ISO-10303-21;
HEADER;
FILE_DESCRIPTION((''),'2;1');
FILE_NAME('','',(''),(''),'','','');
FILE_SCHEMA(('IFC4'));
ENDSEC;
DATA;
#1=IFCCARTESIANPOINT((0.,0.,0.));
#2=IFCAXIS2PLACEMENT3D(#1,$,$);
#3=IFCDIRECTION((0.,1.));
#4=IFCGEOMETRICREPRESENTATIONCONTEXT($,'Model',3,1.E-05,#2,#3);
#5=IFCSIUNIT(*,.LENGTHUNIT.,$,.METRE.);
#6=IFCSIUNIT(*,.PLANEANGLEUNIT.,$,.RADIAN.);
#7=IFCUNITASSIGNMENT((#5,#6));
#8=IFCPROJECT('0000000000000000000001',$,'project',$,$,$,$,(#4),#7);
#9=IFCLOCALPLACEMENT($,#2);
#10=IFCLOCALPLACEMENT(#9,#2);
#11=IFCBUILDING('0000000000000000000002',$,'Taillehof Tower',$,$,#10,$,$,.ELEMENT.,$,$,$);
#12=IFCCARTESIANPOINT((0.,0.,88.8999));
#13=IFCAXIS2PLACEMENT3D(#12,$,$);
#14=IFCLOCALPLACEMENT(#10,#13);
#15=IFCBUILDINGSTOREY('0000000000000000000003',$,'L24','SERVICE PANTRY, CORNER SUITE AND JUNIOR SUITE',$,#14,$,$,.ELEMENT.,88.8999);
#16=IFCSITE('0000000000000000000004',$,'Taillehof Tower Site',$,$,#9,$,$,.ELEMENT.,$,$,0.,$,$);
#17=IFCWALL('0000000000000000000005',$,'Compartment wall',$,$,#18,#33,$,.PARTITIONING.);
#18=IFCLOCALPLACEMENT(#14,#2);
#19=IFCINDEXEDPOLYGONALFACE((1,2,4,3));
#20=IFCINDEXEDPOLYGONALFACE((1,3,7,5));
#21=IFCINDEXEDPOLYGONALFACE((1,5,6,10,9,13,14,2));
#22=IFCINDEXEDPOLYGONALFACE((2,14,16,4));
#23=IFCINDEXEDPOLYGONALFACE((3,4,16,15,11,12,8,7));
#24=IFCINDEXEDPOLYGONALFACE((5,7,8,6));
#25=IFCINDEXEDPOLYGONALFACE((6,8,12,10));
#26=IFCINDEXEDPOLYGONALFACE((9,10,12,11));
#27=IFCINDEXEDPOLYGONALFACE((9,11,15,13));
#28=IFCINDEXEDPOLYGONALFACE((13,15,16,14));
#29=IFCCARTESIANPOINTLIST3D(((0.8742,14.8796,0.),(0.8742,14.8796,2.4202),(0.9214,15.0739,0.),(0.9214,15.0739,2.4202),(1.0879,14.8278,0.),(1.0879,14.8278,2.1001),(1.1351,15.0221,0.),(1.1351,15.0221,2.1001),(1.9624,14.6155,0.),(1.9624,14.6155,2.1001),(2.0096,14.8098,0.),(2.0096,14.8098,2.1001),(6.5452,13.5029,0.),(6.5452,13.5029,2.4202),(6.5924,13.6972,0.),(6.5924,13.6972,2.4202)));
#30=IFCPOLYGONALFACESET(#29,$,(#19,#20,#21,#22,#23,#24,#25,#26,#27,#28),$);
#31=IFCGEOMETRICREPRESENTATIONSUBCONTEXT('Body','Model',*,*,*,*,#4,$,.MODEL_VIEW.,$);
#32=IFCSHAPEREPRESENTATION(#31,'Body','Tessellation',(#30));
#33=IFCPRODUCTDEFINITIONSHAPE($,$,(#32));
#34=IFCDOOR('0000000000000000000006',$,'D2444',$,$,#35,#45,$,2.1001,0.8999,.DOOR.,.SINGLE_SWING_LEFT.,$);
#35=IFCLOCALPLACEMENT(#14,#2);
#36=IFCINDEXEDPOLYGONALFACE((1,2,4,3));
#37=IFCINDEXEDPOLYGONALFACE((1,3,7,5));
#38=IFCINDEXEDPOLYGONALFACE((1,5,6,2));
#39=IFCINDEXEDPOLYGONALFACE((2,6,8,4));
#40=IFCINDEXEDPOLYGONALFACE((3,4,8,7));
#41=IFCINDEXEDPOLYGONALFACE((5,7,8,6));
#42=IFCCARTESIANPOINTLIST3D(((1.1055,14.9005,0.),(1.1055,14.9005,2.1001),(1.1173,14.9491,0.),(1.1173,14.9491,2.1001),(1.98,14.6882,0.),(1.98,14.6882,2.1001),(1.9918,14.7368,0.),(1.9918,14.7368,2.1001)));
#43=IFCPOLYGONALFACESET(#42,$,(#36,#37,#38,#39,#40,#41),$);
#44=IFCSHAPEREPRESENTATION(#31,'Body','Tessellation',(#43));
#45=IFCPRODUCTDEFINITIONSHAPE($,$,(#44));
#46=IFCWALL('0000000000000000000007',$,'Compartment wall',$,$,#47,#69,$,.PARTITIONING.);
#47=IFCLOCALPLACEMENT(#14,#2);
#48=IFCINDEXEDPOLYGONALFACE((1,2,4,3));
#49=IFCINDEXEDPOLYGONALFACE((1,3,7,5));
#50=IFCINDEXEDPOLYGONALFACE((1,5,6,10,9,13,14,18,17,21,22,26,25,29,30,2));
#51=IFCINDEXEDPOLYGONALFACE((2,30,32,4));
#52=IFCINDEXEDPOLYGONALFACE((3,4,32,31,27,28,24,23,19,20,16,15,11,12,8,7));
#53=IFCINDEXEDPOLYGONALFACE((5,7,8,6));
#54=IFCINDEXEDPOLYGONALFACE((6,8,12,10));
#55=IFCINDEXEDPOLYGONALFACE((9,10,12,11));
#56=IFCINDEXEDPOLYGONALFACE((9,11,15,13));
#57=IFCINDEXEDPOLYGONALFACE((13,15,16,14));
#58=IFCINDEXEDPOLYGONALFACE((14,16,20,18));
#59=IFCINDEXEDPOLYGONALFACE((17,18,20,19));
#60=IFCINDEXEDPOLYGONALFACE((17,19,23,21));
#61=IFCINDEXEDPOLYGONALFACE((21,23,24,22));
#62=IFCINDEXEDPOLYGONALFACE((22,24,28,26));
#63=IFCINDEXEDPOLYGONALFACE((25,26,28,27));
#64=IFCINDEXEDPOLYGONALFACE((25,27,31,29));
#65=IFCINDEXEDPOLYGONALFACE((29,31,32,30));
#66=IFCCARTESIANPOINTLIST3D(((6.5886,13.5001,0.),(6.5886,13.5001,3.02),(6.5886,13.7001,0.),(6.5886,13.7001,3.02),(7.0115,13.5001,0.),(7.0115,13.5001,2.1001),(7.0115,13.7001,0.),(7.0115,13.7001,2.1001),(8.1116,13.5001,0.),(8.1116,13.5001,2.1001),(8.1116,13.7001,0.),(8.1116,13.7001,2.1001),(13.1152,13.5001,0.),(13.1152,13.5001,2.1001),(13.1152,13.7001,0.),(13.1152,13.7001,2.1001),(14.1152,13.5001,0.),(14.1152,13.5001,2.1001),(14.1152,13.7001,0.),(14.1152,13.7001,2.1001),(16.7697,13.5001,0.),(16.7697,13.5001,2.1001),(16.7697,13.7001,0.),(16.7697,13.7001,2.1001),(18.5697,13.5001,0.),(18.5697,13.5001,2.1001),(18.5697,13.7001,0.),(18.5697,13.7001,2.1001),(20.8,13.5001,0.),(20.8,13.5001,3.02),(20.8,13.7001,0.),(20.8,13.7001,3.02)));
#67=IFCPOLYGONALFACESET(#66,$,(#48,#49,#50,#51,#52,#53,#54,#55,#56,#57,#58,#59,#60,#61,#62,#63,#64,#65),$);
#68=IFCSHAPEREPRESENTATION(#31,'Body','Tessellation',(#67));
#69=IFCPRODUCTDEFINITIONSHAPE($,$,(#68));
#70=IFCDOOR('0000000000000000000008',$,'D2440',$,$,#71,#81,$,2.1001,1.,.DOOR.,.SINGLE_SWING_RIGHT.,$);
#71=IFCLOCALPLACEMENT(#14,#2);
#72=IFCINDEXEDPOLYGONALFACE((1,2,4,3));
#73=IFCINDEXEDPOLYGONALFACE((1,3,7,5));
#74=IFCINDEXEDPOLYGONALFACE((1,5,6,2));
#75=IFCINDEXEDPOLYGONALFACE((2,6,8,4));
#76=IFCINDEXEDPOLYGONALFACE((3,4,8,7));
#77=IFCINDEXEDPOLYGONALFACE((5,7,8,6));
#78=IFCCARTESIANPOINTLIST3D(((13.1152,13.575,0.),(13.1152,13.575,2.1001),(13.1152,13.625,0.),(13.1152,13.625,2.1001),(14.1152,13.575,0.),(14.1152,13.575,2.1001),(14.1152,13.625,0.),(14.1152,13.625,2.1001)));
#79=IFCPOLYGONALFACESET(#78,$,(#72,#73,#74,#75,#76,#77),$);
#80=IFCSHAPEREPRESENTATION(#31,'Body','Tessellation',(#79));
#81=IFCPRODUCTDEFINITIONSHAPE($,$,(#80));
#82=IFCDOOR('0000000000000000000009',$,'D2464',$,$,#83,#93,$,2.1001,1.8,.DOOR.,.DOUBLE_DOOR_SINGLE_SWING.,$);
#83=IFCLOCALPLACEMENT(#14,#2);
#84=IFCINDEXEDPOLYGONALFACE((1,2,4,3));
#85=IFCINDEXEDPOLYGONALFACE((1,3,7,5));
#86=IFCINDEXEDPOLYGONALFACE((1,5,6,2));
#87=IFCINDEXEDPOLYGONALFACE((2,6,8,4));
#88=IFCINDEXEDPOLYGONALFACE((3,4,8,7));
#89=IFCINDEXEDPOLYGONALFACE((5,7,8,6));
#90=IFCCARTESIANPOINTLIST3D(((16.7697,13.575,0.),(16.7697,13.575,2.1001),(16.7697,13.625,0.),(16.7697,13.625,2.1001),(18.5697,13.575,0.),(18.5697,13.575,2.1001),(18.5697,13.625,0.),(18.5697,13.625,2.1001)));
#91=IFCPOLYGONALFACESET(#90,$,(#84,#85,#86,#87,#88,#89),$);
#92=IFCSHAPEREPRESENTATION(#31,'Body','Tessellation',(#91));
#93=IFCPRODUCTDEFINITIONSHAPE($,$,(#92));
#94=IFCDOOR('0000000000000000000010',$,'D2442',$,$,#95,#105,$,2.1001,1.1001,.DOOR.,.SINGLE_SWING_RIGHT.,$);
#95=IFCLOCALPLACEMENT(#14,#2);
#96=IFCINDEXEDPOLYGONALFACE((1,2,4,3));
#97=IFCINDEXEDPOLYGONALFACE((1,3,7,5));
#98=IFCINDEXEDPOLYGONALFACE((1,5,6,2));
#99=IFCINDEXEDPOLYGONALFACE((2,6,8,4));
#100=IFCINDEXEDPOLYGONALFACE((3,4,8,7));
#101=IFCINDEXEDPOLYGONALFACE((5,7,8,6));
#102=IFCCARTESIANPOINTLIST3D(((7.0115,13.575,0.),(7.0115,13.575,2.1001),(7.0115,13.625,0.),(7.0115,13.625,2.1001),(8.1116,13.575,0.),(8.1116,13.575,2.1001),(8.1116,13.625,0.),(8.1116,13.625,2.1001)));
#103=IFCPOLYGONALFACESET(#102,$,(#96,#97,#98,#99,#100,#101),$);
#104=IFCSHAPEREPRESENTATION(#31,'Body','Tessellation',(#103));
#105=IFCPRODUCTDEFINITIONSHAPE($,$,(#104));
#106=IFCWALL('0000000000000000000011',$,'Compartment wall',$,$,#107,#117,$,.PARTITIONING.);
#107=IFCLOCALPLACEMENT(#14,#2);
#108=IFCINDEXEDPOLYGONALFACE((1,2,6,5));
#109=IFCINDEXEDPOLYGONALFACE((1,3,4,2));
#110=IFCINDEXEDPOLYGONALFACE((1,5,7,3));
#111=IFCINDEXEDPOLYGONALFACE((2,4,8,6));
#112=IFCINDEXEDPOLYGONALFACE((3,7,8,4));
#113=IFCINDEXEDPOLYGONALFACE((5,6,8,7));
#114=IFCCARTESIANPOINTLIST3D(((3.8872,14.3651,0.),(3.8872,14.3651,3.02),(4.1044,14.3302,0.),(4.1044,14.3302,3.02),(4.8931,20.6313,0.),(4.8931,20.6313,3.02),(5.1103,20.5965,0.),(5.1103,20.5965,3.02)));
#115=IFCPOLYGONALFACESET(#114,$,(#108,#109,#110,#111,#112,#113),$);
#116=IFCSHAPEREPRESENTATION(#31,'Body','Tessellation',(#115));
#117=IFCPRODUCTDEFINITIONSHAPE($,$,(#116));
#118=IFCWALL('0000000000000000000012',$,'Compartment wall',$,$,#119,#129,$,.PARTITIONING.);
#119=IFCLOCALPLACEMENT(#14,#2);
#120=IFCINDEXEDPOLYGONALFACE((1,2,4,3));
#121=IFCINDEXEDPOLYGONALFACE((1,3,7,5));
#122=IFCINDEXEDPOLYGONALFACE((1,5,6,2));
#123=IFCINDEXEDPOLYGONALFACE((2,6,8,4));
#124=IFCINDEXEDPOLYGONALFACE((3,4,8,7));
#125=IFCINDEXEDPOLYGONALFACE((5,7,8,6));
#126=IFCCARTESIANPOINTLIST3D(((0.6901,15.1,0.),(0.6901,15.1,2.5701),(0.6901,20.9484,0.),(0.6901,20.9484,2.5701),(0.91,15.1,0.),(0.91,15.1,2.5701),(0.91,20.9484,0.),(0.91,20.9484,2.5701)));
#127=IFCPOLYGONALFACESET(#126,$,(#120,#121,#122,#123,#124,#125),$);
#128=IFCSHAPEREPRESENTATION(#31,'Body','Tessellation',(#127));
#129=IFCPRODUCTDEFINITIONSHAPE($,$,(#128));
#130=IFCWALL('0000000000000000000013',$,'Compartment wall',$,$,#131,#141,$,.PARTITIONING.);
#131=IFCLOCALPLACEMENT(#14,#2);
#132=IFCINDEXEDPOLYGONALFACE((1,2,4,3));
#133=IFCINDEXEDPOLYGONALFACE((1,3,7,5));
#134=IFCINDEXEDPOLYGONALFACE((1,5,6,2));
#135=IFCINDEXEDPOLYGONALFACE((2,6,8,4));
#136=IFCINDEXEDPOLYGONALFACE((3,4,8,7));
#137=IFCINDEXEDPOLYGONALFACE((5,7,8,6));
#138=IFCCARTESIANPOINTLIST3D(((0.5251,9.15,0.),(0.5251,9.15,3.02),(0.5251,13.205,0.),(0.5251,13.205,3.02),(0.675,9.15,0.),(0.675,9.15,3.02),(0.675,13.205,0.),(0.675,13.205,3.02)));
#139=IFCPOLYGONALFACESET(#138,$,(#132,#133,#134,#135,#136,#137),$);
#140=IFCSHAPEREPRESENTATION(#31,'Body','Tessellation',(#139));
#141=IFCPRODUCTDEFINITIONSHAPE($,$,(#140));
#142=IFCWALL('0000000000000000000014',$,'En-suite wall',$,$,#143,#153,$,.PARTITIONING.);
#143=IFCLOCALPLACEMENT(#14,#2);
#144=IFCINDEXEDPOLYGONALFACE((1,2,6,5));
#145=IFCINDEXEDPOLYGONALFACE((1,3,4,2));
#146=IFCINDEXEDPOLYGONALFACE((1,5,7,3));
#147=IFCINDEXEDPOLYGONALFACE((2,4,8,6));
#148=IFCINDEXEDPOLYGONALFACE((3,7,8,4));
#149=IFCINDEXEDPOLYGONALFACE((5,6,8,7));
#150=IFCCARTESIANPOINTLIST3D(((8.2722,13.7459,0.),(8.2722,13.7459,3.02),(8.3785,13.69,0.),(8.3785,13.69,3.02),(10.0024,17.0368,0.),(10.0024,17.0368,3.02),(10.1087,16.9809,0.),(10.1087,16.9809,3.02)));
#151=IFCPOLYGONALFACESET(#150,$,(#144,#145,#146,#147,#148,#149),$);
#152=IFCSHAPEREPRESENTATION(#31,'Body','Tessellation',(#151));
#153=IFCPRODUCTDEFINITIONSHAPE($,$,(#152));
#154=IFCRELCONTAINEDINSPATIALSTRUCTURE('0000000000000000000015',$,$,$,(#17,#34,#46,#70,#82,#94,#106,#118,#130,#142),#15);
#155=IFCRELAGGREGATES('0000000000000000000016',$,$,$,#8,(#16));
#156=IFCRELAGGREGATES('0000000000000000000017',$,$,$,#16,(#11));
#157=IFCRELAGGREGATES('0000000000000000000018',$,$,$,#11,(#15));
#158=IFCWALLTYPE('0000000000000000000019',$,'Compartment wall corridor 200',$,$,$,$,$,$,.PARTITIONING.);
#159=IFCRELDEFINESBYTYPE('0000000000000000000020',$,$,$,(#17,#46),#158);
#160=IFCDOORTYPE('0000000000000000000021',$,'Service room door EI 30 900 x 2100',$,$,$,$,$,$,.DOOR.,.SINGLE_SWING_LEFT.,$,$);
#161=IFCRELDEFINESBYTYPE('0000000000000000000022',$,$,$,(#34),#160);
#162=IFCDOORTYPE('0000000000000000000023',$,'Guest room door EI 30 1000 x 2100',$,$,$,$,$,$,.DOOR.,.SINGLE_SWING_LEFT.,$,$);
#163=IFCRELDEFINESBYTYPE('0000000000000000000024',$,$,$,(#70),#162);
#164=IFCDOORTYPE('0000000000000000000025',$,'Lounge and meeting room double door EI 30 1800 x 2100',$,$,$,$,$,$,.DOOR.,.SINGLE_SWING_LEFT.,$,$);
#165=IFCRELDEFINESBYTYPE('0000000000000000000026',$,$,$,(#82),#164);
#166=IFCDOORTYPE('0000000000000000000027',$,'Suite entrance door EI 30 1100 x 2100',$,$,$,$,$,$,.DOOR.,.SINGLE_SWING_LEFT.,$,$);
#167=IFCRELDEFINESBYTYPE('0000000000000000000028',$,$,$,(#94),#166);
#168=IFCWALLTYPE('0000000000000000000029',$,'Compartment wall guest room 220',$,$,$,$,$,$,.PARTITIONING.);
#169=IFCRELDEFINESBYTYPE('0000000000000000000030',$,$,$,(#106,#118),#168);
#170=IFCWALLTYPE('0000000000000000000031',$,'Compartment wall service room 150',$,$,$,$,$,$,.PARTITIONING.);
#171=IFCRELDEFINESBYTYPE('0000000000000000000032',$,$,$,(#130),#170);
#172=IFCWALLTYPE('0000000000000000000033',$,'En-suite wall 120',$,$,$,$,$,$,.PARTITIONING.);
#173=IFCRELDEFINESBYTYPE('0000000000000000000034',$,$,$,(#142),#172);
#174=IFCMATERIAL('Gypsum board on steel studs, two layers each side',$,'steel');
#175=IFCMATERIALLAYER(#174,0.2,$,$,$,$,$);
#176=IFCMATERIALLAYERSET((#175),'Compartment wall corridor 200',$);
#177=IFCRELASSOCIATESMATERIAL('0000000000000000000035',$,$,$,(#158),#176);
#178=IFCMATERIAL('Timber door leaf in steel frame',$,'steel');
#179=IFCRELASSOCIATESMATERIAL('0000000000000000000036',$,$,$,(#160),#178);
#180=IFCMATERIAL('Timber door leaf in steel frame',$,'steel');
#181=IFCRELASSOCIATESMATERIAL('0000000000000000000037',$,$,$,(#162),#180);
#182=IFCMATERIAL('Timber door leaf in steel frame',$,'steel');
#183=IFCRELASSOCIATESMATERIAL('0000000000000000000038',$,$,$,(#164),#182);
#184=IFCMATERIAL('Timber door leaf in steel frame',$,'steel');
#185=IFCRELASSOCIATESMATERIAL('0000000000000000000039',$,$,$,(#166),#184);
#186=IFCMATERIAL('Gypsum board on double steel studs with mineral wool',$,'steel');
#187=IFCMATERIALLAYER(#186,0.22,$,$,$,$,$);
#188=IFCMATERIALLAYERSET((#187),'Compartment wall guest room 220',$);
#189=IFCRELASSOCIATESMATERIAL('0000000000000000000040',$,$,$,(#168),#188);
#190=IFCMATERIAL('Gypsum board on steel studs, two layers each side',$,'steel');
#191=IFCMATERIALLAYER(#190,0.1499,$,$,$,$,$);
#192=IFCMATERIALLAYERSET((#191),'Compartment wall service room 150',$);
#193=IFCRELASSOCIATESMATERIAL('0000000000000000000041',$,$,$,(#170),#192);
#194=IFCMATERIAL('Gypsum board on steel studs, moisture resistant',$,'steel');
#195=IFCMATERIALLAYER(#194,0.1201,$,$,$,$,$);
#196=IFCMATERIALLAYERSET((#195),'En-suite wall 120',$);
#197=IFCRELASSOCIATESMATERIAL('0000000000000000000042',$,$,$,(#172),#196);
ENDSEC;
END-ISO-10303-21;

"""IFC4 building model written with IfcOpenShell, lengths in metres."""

from ifc_helpers import new_model, si_unit, direction, frame, frame_2d, origin, place, context, subcontext, project, spatial, rectangle, extrude, material, layer, layer_set, type_object, element, fill, save


model = new_model("IFC4")

# Units and contexts
model_context = context("Model", 3, precision=1e-05, world=origin(), true_north=direction((0.0, 1.0)))
body_context = subcontext(model_context, "Body", "Model", "MODEL_VIEW")
ifc_project = project(units=[si_unit("LENGTHUNIT", "METRE"), si_unit("PLANEANGLEUNIT", "RADIAN")], contexts=[model_context])

# Site, building, storey
site_placement = place(None, origin())
site = spatial("IfcSite", under=ifc_project, at=site_placement, Name="Taillehof Tower Site", CompositionType="ELEMENT", RefElevation=0.0)
building_placement = place(site_placement, origin())
building = spatial("IfcBuilding", under=site, at=building_placement, Name="Taillehof Tower", CompositionType="ELEMENT")
storey_placement = place(building_placement, frame((0.0, 0.0, 88.8999)))
storey = spatial("IfcBuildingStorey", under=building, at=storey_placement, Name="L24", Description="SERVICE PANTRY, CORNER SUITE AND JUNIOR SUITE", CompositionType="ELEMENT", Elevation=88.8999)

# Wall, opening, door
ifc_material_1 = material(Name="Gypsum board on steel studs, two layers each side", Category="steel")
ifc_layer_1 = layer(ifc_material_1, 0.2)
ifc_layer_set_1 = layer_set([ifc_layer_1], Name="Compartment wall corridor 200")
wall_type_1 = type_object("IfcWallType", Name="Compartment wall corridor 200", PredefinedType="PARTITIONING", material=ifc_layer_set_1)
wall_1_placement = place(storey_placement, frame((0.8977, 14.9768, 0.0), z_axis=(0.0, 0.0, 1.0), x_axis=(0.971774, -0.235915, 0.0)))
wall_1 = element("IfcWall", 1, at=wall_1_placement, inside=storey, type_object=wall_type_1, Name="Compartment wall", PredefinedType="PARTITIONING", context=body_context, shape_type="SweptSolid", body=[
    extrude(rectangle(XDim=5.8357, YDim=0.2, at=frame_2d((2.918, 0.0))), origin(), (0.0, 0.0, 1.0), 2.4202),
])
opening_1_placement = place(wall_1_placement, frame((0.22, 0.0, 0.0)))
opening_1 = element("IfcOpeningElement", 2, at=opening_1_placement, cuts=wall_1, PredefinedType="OPENING", context=body_context, shape_type="SweptSolid", body=[
    extrude(rectangle(XDim=0.8999, YDim=2.1001, at=frame_2d((0.45, 1.05))), frame((0.0, 0.1099, 0.0), z_axis=(0.0, -1.0, 0.0), x_axis=(1.0, 0.0, 0.0)), (0.0, 0.0, 1.0), 0.22),
])
ifc_material_2 = material(Name="Timber door leaf in steel frame", Category="steel")
door_type_1 = type_object("IfcDoorType", Name="Service room door EI 30 900 x 2100", OperationType="SINGLE_SWING_LEFT", PredefinedType="DOOR", material=ifc_material_2)
door_1_placement = place(opening_1_placement, origin())
door_1 = element("IfcDoor", 3, at=door_1_placement, inside=storey, type_object=door_type_1, Name="D2444", OperationType="SINGLE_SWING_LEFT", OverallHeight=2.1001, OverallWidth=0.8999, PredefinedType="DOOR", context=body_context, shape_type="SweptSolid", body=[
    extrude(rectangle(XDim=0.8999, YDim=2.1001, at=frame_2d((0.45, 1.05))), frame((0.0, 0.0249, 0.0), z_axis=(0.0, -1.0, 0.0), x_axis=(1.0, 0.0, 0.0)), (0.0, 0.0, 1.0), 0.05),
])
fill(opening_1, door_1)

# Wall, openings, doors
wall_2_placement = place(storey_placement, frame((6.5886, 13.6001, 0.0), z_axis=(0.0, 0.0, 1.0), x_axis=(1.0, 0.0, 0.0)))
wall_2 = element("IfcWall", 4, at=wall_2_placement, inside=storey, type_object=wall_type_1, Name="Compartment wall", PredefinedType="PARTITIONING", context=body_context, shape_type="SweptSolid", body=[
    extrude(rectangle(XDim=14.2114, YDim=0.2, at=frame_2d((7.1057, 0.0))), origin(), (0.0, 0.0, 1.0), 3.02),
])
opening_2_placement = place(wall_2_placement, frame((6.5266, 0.0, 0.0)))
opening_2 = element("IfcOpeningElement", 5, at=opening_2_placement, cuts=wall_2, PredefinedType="OPENING", context=body_context, shape_type="SweptSolid", body=[
    extrude(rectangle(XDim=1.0, YDim=2.1001, at=frame_2d((0.5, 1.05))), frame((0.0, 0.1099, 0.0), z_axis=(0.0, -1.0, 0.0), x_axis=(1.0, 0.0, 0.0)), (0.0, 0.0, 1.0), 0.22),
])
opening_3_placement = place(wall_2_placement, frame((0.4229, 0.0, 0.0)))
opening_3 = element("IfcOpeningElement", 6, at=opening_3_placement, cuts=wall_2, PredefinedType="OPENING", context=body_context, shape_type="SweptSolid", body=[
    extrude(rectangle(XDim=1.1001, YDim=2.1001, at=frame_2d((0.55, 1.05))), frame((0.0, 0.1099, 0.0), z_axis=(0.0, -1.0, 0.0), x_axis=(1.0, 0.0, 0.0)), (0.0, 0.0, 1.0), 0.22),
])
opening_4_placement = place(wall_2_placement, frame((10.1812, 0.0, 0.0)))
opening_4 = element("IfcOpeningElement", 7, at=opening_4_placement, cuts=wall_2, PredefinedType="OPENING", context=body_context, shape_type="SweptSolid", body=[
    extrude(rectangle(XDim=1.8, YDim=2.1001, at=frame_2d((0.8999, 1.05))), frame((0.0, 0.1099, 0.0), z_axis=(0.0, -1.0, 0.0), x_axis=(1.0, 0.0, 0.0)), (0.0, 0.0, 1.0), 0.22),
])
ifc_material_3 = material(Name="Timber door leaf in steel frame", Category="steel")
door_type_2 = type_object("IfcDoorType", Name="Guest room door EI 30 1000 x 2100", OperationType="SINGLE_SWING_LEFT", PredefinedType="DOOR", material=ifc_material_3)
door_2_placement = place(opening_2_placement, origin())
door_2 = element("IfcDoor", 8, at=door_2_placement, inside=storey, type_object=door_type_2, Name="D2440", OperationType="SINGLE_SWING_RIGHT", OverallHeight=2.1001, OverallWidth=1.0, PredefinedType="DOOR", context=body_context, shape_type="SweptSolid", body=[
    extrude(rectangle(XDim=1.0, YDim=2.1001, at=frame_2d((0.5, 1.05))), frame((0.0, 0.0249, 0.0), z_axis=(0.0, -1.0, 0.0), x_axis=(1.0, 0.0, 0.0)), (0.0, 0.0, 1.0), 0.05),
])
fill(opening_2, door_2)
ifc_material_4 = material(Name="Timber door leaf in steel frame", Category="steel")
door_type_3 = type_object("IfcDoorType", Name="Lounge and meeting room double door EI 30 1800 x 2100", OperationType="SINGLE_SWING_LEFT", PredefinedType="DOOR", material=ifc_material_4)
door_3_placement = place(opening_4_placement, origin())
door_3 = element("IfcDoor", 9, at=door_3_placement, inside=storey, type_object=door_type_3, Name="D2464", OperationType="DOUBLE_DOOR_SINGLE_SWING", OverallHeight=2.1001, OverallWidth=1.8, PredefinedType="DOOR", context=body_context, shape_type="SweptSolid", body=[
    extrude(rectangle(XDim=1.8, YDim=2.1001, at=frame_2d((0.8999, 1.05))), frame((0.0, 0.0249, 0.0), z_axis=(0.0, -1.0, 0.0), x_axis=(1.0, 0.0, 0.0)), (0.0, 0.0, 1.0), 0.05),
])
fill(opening_4, door_3)
ifc_material_5 = material(Name="Timber door leaf in steel frame", Category="steel")
door_type_4 = type_object("IfcDoorType", Name="Suite entrance door EI 30 1100 x 2100", OperationType="SINGLE_SWING_LEFT", PredefinedType="DOOR", material=ifc_material_5)
door_4_placement = place(opening_3_placement, origin())
door_4 = element("IfcDoor", 10, at=door_4_placement, inside=storey, type_object=door_type_4, Name="D2442", OperationType="SINGLE_SWING_RIGHT", OverallHeight=2.1001, OverallWidth=1.1001, PredefinedType="DOOR", context=body_context, shape_type="SweptSolid", body=[
    extrude(rectangle(XDim=1.1001, YDim=2.1001, at=frame_2d((0.55, 1.05))), frame((0.0, 0.0249, 0.0), z_axis=(0.0, -1.0, 0.0), x_axis=(1.0, 0.0, 0.0)), (0.0, 0.0, 1.0), 0.05),
])
fill(opening_3, door_4)

# Walls
ifc_material_6 = material(Name="Gypsum board on double steel studs with mineral wool", Category="steel")
ifc_layer_2 = layer(ifc_material_6, 0.22)
ifc_layer_set_2 = layer_set([ifc_layer_2], Name="Compartment wall guest room 220")
wall_type_2 = type_object("IfcWallType", Name="Compartment wall guest room 220", PredefinedType="PARTITIONING", material=ifc_layer_set_2)
wall_3_placement = place(storey_placement, frame((5.0017, 20.614, 0.0), z_axis=(0.0, 0.0, 1.0), x_axis=(-0.158495, -0.98736, 0.0)))
element("IfcWall", 11, at=wall_3_placement, inside=storey, type_object=wall_type_2, Name="Compartment wall", PredefinedType="PARTITIONING", context=body_context, shape_type="SweptSolid", body=[
    extrude(rectangle(XDim=6.3464, YDim=0.22, at=frame_2d((3.1733, 0.0))), origin(), (0.0, 0.0, 1.0), 3.02),
])
wall_4_placement = place(storey_placement, frame((0.8, 20.9485, 0.0), z_axis=(0.0, 0.0, 1.0), x_axis=(0.0, -1.0, 0.0)))
element("IfcWall", 12, at=wall_4_placement, inside=storey, type_object=wall_type_2, Name="Compartment wall", PredefinedType="PARTITIONING", context=body_context, shape_type="SweptSolid", body=[
    extrude(rectangle(XDim=5.8484, YDim=0.22, at=frame_2d((2.9243, 0.0))), origin(), (0.0, 0.0, 1.0), 2.5701),
])
ifc_material_7 = material(Name="Gypsum board on steel studs, two layers each side", Category="steel")
ifc_layer_3 = layer(ifc_material_7, 0.1499)
ifc_layer_set_3 = layer_set([ifc_layer_3], Name="Compartment wall service room 150")
wall_type_3 = type_object("IfcWallType", Name="Compartment wall service room 150", PredefinedType="PARTITIONING", material=ifc_layer_set_3)
wall_5_placement = place(storey_placement, frame((0.6001, 13.2048, 0.0), z_axis=(0.0, 0.0, 1.0), x_axis=(0.0, -1.0, 0.0)))
element("IfcWall", 13, at=wall_5_placement, inside=storey, type_object=wall_type_3, Name="Compartment wall", PredefinedType="PARTITIONING", context=body_context, shape_type="SweptSolid", body=[
    extrude(rectangle(XDim=4.0549, YDim=0.1499, at=frame_2d((2.0273, 0.0))), origin(), (0.0, 0.0, 1.0), 3.02),
])
ifc_material_8 = material(Name="Gypsum board on steel studs, moisture resistant", Category="steel")
ifc_layer_4 = layer(ifc_material_8, 0.1201)
ifc_layer_set_4 = layer_set([ifc_layer_4], Name="En-suite wall 120")
wall_type_4 = type_object("IfcWallType", Name="En-suite wall 120", PredefinedType="PARTITIONING", material=ifc_layer_set_4)
wall_6_placement = place(storey_placement, frame((8.3254, 13.718, 0.0), z_axis=(0.0, 0.0, 1.0), x_axis=(0.465349, 0.885128, 0.0)))
element("IfcWall", 14, at=wall_6_placement, inside=storey, type_object=wall_type_4, Name="En-suite wall", PredefinedType="PARTITIONING", context=body_context, shape_type="SweptSolid", body=[
    extrude(rectangle(XDim=3.718, YDim=0.1201, at=frame_2d((1.8589, 0.0))), origin(), (0.0, 0.0, 1.0), 3.02),
])

save(model, "model.ifc")
